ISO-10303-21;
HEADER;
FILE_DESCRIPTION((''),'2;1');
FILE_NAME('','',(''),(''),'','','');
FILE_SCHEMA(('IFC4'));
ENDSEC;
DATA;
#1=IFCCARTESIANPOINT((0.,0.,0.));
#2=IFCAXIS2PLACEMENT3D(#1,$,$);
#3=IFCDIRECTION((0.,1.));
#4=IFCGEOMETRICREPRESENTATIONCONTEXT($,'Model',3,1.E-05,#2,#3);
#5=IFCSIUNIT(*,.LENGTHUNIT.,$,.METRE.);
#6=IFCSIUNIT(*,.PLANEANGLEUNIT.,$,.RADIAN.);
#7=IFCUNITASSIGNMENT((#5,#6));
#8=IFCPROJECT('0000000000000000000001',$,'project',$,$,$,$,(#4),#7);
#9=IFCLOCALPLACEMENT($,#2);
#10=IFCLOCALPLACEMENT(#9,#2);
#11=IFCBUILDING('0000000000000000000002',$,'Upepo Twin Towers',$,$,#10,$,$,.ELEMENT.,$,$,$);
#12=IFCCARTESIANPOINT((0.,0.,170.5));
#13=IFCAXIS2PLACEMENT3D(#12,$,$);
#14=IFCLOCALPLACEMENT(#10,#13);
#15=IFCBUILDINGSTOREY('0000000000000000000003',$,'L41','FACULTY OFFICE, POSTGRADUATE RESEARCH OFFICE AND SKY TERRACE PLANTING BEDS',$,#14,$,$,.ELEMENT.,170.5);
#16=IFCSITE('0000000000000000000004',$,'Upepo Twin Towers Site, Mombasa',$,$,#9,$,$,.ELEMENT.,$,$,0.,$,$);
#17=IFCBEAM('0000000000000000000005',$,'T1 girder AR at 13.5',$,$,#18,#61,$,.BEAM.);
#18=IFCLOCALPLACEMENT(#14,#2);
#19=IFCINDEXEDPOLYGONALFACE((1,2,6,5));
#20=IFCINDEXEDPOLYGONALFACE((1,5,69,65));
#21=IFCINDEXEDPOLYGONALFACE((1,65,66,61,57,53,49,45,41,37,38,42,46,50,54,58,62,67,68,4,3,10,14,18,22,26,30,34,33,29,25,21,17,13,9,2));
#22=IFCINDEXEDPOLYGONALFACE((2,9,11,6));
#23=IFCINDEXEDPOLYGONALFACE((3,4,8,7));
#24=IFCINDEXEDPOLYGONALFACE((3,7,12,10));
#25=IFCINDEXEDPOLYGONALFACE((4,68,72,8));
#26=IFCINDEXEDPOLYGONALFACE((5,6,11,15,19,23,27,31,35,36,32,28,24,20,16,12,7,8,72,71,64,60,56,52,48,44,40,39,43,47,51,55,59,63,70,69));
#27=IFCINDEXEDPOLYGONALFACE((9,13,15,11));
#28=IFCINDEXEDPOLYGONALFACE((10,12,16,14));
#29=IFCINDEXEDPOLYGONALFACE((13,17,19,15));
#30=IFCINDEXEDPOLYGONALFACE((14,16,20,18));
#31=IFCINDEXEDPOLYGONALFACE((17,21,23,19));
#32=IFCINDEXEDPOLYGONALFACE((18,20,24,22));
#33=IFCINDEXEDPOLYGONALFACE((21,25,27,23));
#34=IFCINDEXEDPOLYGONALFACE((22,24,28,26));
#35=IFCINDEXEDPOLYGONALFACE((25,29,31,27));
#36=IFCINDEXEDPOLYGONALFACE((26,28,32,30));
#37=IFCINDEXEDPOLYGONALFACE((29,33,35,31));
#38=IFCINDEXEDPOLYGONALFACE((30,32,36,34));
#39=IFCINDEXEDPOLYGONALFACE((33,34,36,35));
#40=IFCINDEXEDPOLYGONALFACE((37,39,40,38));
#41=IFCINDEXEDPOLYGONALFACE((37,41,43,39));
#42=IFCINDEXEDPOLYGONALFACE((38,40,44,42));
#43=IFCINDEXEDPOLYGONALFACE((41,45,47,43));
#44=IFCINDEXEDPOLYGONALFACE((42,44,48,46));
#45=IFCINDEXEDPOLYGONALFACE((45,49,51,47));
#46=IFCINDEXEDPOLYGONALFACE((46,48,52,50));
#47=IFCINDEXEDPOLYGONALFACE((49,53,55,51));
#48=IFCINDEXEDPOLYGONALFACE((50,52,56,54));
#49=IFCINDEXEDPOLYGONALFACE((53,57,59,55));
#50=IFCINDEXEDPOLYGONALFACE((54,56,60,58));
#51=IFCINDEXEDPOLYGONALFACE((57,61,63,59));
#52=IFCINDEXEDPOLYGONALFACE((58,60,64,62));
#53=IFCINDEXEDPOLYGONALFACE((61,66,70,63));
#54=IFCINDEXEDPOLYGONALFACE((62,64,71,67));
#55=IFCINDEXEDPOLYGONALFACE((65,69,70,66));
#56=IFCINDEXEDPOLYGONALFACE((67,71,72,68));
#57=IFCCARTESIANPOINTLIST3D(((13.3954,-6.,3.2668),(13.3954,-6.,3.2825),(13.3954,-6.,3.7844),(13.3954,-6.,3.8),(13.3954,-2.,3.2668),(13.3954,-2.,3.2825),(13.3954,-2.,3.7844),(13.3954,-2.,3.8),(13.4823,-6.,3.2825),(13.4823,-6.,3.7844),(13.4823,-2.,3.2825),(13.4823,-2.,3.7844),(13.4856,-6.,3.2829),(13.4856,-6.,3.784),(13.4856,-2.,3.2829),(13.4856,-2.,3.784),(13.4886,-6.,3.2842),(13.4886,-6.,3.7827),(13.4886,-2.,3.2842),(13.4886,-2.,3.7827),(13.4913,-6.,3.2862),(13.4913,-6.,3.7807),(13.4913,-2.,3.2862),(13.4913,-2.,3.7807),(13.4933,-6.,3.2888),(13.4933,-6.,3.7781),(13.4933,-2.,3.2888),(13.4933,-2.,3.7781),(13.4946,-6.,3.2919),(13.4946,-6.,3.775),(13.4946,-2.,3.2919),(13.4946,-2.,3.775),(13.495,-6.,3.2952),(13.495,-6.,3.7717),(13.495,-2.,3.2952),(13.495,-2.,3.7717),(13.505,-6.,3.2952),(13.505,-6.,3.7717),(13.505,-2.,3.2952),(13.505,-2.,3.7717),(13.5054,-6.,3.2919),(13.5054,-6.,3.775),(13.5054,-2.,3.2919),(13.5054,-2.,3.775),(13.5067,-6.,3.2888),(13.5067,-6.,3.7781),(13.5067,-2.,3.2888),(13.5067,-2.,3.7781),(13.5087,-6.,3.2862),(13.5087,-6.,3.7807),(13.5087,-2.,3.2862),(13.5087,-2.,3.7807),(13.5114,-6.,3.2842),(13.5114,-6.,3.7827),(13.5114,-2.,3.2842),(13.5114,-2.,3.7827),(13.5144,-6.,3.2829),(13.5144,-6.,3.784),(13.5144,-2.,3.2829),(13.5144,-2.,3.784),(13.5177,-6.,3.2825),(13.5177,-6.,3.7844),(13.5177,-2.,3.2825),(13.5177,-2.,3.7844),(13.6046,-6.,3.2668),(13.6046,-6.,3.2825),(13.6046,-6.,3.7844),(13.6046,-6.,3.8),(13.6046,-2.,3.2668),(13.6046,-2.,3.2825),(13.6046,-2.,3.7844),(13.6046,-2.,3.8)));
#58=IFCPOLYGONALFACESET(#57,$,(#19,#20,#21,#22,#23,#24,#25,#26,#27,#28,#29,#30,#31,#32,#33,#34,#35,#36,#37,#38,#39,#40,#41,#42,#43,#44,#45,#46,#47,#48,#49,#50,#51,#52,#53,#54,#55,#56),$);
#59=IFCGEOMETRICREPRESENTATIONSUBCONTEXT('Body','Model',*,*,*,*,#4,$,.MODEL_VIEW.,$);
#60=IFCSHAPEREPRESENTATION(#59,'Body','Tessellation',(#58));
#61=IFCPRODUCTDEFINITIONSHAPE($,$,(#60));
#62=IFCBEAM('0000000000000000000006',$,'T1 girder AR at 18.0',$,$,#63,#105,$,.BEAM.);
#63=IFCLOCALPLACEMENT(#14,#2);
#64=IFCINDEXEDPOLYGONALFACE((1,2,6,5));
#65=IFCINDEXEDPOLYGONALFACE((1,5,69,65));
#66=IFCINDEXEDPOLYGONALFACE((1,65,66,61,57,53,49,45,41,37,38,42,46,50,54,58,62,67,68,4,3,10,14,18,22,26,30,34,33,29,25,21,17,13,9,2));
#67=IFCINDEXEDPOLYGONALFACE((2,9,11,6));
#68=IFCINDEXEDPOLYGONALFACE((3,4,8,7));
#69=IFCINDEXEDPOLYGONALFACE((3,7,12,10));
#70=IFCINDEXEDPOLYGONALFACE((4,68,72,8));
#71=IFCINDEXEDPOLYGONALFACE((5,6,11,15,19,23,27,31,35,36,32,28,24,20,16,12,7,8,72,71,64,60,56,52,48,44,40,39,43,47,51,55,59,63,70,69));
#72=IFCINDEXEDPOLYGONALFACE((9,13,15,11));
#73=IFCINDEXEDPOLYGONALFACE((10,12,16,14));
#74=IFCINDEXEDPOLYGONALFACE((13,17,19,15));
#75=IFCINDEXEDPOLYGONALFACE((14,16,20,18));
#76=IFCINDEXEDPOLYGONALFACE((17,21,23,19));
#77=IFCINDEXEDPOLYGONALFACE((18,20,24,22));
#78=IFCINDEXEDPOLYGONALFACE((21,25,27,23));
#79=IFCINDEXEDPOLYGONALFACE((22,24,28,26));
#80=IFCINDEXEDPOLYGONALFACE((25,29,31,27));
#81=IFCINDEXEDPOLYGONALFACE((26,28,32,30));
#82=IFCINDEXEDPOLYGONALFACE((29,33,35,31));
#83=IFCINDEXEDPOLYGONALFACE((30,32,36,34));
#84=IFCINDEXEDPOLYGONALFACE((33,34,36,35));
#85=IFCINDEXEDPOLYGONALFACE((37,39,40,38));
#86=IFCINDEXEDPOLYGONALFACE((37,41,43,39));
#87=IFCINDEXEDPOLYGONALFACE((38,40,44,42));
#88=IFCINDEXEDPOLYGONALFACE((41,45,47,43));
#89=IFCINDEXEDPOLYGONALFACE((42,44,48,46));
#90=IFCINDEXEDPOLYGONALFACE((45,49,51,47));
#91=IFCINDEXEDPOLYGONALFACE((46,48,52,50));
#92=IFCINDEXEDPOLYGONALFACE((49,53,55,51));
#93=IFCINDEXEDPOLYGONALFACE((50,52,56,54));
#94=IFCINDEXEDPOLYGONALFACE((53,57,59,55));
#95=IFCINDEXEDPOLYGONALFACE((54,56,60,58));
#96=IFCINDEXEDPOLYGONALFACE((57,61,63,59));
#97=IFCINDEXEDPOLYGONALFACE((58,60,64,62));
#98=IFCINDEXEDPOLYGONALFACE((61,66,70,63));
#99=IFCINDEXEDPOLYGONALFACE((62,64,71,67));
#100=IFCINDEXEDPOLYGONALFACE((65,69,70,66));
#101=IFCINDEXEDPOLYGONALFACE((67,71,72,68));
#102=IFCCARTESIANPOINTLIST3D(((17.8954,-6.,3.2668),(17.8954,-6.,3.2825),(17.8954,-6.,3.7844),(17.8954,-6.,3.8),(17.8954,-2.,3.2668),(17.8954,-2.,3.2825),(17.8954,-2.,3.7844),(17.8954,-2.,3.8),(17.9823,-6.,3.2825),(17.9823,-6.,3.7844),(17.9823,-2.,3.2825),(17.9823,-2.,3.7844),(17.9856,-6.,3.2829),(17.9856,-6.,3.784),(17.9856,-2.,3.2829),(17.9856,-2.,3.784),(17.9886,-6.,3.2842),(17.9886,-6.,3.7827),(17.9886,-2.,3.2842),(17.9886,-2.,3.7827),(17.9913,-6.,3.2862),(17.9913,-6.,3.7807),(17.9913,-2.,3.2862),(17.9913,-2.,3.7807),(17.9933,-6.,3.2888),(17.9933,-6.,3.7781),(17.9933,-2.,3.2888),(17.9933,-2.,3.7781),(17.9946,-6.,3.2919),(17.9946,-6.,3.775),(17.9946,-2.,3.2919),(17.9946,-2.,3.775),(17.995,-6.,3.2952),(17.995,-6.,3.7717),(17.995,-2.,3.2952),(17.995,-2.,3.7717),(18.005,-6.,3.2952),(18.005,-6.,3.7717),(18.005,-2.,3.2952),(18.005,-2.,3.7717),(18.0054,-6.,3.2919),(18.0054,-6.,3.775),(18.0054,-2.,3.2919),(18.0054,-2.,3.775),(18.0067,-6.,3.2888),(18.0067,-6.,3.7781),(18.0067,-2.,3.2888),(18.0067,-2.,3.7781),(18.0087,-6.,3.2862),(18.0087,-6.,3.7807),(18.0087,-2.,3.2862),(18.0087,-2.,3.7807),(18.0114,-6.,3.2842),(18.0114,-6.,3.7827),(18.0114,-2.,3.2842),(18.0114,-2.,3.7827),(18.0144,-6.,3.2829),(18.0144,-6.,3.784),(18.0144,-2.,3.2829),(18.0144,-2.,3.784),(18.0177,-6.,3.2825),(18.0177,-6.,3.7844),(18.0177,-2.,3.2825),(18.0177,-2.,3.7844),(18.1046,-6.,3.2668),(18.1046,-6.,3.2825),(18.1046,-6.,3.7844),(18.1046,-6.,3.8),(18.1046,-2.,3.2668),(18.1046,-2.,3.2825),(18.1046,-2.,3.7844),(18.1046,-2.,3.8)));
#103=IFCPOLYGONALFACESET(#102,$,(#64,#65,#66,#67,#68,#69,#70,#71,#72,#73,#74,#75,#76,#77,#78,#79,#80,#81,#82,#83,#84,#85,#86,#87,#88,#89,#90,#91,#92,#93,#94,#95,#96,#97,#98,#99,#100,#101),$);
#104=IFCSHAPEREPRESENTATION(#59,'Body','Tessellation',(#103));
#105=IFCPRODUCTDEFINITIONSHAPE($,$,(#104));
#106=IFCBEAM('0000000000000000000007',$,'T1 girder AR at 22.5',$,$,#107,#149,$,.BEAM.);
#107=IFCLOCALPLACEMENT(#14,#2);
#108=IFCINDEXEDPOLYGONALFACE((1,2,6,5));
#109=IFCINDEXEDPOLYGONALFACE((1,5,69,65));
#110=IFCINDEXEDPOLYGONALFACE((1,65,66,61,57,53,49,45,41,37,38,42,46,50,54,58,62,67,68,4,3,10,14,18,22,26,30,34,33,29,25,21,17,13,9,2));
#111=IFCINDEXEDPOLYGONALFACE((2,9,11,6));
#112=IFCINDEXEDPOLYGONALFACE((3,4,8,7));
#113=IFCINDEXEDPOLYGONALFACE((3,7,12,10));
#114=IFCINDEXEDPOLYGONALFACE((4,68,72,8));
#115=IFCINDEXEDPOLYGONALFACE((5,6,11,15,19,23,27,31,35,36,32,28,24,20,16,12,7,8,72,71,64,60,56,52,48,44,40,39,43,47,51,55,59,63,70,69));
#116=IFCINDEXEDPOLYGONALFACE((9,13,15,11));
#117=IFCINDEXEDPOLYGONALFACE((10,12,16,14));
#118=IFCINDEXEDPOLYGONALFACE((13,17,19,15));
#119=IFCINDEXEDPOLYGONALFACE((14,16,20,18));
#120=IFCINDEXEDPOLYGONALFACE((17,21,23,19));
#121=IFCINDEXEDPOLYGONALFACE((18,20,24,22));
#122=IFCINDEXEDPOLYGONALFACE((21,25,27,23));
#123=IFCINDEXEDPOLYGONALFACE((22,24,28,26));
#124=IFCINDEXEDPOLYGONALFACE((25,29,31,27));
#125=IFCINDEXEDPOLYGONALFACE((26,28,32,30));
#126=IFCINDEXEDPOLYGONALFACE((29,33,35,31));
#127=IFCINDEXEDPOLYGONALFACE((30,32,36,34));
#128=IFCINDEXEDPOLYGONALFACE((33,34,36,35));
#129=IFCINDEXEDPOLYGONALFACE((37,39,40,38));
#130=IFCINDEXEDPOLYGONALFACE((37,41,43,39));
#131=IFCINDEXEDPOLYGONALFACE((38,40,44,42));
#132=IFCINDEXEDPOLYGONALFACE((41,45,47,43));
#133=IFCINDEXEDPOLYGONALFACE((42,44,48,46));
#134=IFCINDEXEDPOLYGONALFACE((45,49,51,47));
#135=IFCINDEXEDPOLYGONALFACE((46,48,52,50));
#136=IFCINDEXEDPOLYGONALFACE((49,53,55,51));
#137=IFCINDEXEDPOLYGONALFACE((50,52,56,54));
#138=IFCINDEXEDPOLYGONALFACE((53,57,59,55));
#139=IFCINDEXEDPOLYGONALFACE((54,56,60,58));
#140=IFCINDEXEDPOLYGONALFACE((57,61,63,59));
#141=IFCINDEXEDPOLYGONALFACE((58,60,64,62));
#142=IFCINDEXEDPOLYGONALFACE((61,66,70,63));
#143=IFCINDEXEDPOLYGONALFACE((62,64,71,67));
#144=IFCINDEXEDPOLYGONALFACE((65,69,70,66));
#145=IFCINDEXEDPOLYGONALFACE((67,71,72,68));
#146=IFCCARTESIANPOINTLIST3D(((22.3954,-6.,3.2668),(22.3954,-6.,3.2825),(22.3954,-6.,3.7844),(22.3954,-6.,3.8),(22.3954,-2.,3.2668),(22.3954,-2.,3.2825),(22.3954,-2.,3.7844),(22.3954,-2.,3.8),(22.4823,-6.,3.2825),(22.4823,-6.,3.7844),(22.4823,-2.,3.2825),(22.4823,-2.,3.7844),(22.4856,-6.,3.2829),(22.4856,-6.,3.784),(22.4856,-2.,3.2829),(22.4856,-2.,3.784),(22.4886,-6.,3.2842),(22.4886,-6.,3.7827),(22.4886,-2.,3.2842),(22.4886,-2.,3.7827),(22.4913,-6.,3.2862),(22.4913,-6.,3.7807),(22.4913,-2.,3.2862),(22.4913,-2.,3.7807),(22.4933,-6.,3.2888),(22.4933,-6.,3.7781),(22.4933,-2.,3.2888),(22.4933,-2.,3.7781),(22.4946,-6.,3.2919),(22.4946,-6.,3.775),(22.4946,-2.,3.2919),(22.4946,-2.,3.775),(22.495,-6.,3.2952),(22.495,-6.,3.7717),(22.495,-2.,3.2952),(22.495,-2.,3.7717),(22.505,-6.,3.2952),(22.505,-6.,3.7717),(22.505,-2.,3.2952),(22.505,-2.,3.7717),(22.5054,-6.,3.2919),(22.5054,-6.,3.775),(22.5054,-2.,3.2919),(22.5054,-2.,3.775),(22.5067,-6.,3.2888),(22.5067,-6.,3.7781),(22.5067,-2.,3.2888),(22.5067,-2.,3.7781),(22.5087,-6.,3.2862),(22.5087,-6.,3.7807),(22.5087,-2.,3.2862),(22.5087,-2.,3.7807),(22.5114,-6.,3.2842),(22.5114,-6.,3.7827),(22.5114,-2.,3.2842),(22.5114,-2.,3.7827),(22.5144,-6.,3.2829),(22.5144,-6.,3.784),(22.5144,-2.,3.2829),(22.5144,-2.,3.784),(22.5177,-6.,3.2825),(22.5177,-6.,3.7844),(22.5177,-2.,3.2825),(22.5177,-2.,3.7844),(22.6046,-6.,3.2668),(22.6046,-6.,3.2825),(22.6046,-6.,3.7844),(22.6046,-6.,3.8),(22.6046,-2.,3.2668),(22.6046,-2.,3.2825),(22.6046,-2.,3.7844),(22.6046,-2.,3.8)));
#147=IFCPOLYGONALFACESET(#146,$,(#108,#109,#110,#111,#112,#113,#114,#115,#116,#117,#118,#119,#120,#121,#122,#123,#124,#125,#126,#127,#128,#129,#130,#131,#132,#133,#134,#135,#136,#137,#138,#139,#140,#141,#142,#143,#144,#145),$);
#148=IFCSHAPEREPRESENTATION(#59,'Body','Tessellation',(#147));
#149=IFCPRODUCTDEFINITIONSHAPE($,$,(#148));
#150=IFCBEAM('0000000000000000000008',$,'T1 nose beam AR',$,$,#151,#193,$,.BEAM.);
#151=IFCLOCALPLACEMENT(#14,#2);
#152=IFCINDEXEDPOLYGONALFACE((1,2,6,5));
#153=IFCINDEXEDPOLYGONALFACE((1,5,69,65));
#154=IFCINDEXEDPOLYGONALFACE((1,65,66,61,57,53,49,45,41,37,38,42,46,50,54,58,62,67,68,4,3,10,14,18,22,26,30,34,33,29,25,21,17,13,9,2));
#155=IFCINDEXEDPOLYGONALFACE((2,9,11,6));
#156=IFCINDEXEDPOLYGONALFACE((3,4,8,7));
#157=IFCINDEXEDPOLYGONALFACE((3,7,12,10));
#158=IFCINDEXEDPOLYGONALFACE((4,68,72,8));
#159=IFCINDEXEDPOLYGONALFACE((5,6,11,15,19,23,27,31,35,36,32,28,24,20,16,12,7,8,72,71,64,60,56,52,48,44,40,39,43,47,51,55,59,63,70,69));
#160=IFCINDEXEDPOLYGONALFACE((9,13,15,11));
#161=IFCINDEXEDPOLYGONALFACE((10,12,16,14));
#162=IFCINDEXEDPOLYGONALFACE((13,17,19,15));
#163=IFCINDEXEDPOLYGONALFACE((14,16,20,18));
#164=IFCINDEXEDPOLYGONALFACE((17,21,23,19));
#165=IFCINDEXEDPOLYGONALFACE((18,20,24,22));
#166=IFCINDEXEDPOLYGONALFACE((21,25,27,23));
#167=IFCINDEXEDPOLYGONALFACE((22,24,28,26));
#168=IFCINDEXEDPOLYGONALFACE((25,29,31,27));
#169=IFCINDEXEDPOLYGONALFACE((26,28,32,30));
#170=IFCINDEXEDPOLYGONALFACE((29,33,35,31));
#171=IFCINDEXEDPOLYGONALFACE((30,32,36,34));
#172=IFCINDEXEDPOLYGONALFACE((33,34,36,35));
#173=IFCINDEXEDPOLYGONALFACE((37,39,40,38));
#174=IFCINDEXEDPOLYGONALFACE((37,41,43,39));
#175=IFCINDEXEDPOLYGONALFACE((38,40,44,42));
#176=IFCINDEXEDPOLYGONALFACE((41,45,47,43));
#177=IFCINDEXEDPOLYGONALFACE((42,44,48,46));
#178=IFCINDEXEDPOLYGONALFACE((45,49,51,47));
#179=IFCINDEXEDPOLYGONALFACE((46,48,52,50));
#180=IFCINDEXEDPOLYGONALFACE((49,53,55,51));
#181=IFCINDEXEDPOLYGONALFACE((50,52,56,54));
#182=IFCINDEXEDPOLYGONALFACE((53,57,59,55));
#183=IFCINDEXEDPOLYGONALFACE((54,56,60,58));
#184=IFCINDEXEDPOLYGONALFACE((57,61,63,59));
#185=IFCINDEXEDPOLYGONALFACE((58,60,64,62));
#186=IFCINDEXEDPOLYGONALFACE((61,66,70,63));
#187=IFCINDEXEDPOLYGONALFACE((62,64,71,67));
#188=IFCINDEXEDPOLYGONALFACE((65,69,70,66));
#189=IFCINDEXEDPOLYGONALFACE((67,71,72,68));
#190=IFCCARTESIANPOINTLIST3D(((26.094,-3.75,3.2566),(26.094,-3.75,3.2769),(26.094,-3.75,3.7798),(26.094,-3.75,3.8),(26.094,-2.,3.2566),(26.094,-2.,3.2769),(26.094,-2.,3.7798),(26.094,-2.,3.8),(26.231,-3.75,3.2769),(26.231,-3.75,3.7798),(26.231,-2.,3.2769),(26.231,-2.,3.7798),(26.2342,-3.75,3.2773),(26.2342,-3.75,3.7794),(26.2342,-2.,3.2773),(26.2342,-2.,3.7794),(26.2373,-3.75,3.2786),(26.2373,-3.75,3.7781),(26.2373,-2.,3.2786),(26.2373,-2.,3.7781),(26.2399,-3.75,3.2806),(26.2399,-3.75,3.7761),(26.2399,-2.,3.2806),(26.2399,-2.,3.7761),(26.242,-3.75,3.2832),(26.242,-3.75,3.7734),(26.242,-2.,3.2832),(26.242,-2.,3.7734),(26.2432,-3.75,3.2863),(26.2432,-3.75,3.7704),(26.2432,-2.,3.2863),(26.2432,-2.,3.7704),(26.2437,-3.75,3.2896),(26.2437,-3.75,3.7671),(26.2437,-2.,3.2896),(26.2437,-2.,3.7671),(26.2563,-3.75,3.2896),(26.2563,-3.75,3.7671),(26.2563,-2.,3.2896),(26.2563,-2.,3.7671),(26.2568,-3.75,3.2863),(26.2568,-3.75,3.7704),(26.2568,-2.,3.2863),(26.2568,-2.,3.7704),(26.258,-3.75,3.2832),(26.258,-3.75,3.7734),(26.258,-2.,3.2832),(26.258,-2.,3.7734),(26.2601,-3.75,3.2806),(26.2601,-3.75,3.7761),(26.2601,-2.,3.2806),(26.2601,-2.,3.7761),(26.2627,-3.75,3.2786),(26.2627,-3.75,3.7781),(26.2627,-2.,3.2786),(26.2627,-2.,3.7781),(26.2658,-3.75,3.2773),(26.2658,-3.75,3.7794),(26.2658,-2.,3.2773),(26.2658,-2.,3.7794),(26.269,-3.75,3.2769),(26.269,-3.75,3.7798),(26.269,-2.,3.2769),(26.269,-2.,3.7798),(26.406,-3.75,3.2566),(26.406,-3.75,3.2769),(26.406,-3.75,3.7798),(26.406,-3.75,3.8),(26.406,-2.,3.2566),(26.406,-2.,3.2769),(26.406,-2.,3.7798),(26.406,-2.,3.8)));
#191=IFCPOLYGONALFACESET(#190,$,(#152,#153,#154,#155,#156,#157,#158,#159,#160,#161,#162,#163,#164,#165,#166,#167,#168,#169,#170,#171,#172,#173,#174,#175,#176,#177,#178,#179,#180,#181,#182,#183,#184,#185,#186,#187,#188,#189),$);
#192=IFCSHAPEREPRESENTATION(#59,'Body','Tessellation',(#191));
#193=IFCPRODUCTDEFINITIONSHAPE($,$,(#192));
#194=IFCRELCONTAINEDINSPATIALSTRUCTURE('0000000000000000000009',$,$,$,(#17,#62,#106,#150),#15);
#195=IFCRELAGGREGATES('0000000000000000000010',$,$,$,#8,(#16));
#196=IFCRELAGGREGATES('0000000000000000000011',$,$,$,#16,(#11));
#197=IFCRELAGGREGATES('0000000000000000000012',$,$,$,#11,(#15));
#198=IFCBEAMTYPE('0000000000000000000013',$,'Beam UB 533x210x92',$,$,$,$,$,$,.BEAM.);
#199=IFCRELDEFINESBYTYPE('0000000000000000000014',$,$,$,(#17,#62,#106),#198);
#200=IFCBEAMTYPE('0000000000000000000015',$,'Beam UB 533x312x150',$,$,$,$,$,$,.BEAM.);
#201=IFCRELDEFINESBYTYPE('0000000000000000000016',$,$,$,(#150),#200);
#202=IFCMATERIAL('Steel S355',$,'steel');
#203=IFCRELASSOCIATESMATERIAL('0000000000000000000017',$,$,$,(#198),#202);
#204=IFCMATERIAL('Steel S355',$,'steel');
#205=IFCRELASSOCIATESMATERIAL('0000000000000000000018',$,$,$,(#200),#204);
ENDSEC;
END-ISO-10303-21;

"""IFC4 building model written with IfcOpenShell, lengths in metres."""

from ifc_helpers import new_model, si_unit, direction, frame, origin, origin_2d, place, context, subcontext, project, spatial, i_section, extrude, material, material_profile, profile_set, type_object, element, save


model = new_model("IFC4")

# Units and contexts
model_context = context("Model", 3, precision=1e-05, world=origin(), true_north=direction((0.0, 1.0)))
body_context = subcontext(model_context, "Body", "Model", "MODEL_VIEW")
ifc_project = project(units=[si_unit("LENGTHUNIT", "METRE"), si_unit("PLANEANGLEUNIT", "RADIAN")], contexts=[model_context])

# Site, building, storey
site_placement = place(None, origin())
site = spatial("IfcSite", under=ifc_project, at=site_placement, Name="Upepo Twin Towers Site, Mombasa", CompositionType="ELEMENT", RefElevation=0.0)
building_placement = place(site_placement, origin())
building = spatial("IfcBuilding", under=site, at=building_placement, Name="Upepo Twin Towers", CompositionType="ELEMENT")
storey_placement = place(building_placement, frame((0.0, 0.0, 170.5)))
storey = spatial("IfcBuildingStorey", under=building, at=storey_placement, Name="L41", Description="FACULTY OFFICE, POSTGRADUATE RESEARCH OFFICE AND SKY TERRACE PLANTING BEDS", CompositionType="ELEMENT", Elevation=170.5)

# Beams
ifc_material_1 = material(Name="Steel S355", Category="steel")
ifc_material_profile_1 = material_profile(ifc_material_1, i_section(OverallWidth=0.2092, OverallDepth=0.5332, WebThickness=0.01, FlangeThickness=0.0156, FilletRadius=0.0127, at=origin_2d()), Name="UB 533x210x92")
ifc_profile_set_1 = profile_set([ifc_material_profile_1], Name="Steel S355")
beam_type_1 = type_object("IfcBeamType", Name="Beam UB 533x210x92", PredefinedType="BEAM", material=ifc_profile_set_1)
for number, where, z_axis, x_axis, name in (
    (1, (13.5, -6.0, 3.5334), (0.0, 1.0, 0.0), (-1.0, 0.0, 0.0), "T1 girder AR at 13.5"),
    (2, (18.0, -6.0, 3.5334), (0.0, 1.0, 0.0), (-1.0, 0.0, 0.0), "T1 girder AR at 18.0"),
    (3, (22.5, -6.0, 3.5334), (0.0, 1.0, 0.0), (-1.0, 0.0, 0.0), "T1 girder AR at 22.5"),
):
    element("IfcBeam", number, at=place(storey_placement, frame(where, z_axis=z_axis, x_axis=x_axis)), inside=storey, type_object=beam_type_1, Name=name, PredefinedType="BEAM", context=body_context, shape_type="SweptSolid", body=[
        extrude(i_section(OverallWidth=0.2092, OverallDepth=0.5332, WebThickness=0.01, FlangeThickness=0.0156, FilletRadius=0.0127, at=origin_2d()), origin(), (0.0, 0.0, 1.0), 4.0),
    ])
ifc_material_2 = material(Name="Steel S355", Category="steel")
ifc_material_profile_2 = material_profile(ifc_material_2, i_section(OverallWidth=0.312, OverallDepth=0.5435, WebThickness=0.0127, FlangeThickness=0.0203, FilletRadius=0.0127, at=origin_2d()), Name="UB 533x312x150")
ifc_profile_set_2 = profile_set([ifc_material_profile_2], Name="Steel S355")
beam_type_2 = type_object("IfcBeamType", Name="Beam UB 533x312x150", PredefinedType="BEAM", material=ifc_profile_set_2)
beam_1_placement = place(storey_placement, frame((26.25, -3.75, 3.5283), z_axis=(0.0, 1.0, 0.0), x_axis=(-1.0, 0.0, 0.0)))
element("IfcBeam", 4, at=beam_1_placement, inside=storey, type_object=beam_type_2, Name="T1 nose beam AR", PredefinedType="BEAM", context=body_context, shape_type="SweptSolid", body=[
    extrude(i_section(OverallWidth=0.312, OverallDepth=0.5435, WebThickness=0.0127, FlangeThickness=0.0203, FilletRadius=0.0127, at=origin_2d()), origin(), (0.0, 0.0, 1.0), 1.75),
])

save(model, "model.ifc")
